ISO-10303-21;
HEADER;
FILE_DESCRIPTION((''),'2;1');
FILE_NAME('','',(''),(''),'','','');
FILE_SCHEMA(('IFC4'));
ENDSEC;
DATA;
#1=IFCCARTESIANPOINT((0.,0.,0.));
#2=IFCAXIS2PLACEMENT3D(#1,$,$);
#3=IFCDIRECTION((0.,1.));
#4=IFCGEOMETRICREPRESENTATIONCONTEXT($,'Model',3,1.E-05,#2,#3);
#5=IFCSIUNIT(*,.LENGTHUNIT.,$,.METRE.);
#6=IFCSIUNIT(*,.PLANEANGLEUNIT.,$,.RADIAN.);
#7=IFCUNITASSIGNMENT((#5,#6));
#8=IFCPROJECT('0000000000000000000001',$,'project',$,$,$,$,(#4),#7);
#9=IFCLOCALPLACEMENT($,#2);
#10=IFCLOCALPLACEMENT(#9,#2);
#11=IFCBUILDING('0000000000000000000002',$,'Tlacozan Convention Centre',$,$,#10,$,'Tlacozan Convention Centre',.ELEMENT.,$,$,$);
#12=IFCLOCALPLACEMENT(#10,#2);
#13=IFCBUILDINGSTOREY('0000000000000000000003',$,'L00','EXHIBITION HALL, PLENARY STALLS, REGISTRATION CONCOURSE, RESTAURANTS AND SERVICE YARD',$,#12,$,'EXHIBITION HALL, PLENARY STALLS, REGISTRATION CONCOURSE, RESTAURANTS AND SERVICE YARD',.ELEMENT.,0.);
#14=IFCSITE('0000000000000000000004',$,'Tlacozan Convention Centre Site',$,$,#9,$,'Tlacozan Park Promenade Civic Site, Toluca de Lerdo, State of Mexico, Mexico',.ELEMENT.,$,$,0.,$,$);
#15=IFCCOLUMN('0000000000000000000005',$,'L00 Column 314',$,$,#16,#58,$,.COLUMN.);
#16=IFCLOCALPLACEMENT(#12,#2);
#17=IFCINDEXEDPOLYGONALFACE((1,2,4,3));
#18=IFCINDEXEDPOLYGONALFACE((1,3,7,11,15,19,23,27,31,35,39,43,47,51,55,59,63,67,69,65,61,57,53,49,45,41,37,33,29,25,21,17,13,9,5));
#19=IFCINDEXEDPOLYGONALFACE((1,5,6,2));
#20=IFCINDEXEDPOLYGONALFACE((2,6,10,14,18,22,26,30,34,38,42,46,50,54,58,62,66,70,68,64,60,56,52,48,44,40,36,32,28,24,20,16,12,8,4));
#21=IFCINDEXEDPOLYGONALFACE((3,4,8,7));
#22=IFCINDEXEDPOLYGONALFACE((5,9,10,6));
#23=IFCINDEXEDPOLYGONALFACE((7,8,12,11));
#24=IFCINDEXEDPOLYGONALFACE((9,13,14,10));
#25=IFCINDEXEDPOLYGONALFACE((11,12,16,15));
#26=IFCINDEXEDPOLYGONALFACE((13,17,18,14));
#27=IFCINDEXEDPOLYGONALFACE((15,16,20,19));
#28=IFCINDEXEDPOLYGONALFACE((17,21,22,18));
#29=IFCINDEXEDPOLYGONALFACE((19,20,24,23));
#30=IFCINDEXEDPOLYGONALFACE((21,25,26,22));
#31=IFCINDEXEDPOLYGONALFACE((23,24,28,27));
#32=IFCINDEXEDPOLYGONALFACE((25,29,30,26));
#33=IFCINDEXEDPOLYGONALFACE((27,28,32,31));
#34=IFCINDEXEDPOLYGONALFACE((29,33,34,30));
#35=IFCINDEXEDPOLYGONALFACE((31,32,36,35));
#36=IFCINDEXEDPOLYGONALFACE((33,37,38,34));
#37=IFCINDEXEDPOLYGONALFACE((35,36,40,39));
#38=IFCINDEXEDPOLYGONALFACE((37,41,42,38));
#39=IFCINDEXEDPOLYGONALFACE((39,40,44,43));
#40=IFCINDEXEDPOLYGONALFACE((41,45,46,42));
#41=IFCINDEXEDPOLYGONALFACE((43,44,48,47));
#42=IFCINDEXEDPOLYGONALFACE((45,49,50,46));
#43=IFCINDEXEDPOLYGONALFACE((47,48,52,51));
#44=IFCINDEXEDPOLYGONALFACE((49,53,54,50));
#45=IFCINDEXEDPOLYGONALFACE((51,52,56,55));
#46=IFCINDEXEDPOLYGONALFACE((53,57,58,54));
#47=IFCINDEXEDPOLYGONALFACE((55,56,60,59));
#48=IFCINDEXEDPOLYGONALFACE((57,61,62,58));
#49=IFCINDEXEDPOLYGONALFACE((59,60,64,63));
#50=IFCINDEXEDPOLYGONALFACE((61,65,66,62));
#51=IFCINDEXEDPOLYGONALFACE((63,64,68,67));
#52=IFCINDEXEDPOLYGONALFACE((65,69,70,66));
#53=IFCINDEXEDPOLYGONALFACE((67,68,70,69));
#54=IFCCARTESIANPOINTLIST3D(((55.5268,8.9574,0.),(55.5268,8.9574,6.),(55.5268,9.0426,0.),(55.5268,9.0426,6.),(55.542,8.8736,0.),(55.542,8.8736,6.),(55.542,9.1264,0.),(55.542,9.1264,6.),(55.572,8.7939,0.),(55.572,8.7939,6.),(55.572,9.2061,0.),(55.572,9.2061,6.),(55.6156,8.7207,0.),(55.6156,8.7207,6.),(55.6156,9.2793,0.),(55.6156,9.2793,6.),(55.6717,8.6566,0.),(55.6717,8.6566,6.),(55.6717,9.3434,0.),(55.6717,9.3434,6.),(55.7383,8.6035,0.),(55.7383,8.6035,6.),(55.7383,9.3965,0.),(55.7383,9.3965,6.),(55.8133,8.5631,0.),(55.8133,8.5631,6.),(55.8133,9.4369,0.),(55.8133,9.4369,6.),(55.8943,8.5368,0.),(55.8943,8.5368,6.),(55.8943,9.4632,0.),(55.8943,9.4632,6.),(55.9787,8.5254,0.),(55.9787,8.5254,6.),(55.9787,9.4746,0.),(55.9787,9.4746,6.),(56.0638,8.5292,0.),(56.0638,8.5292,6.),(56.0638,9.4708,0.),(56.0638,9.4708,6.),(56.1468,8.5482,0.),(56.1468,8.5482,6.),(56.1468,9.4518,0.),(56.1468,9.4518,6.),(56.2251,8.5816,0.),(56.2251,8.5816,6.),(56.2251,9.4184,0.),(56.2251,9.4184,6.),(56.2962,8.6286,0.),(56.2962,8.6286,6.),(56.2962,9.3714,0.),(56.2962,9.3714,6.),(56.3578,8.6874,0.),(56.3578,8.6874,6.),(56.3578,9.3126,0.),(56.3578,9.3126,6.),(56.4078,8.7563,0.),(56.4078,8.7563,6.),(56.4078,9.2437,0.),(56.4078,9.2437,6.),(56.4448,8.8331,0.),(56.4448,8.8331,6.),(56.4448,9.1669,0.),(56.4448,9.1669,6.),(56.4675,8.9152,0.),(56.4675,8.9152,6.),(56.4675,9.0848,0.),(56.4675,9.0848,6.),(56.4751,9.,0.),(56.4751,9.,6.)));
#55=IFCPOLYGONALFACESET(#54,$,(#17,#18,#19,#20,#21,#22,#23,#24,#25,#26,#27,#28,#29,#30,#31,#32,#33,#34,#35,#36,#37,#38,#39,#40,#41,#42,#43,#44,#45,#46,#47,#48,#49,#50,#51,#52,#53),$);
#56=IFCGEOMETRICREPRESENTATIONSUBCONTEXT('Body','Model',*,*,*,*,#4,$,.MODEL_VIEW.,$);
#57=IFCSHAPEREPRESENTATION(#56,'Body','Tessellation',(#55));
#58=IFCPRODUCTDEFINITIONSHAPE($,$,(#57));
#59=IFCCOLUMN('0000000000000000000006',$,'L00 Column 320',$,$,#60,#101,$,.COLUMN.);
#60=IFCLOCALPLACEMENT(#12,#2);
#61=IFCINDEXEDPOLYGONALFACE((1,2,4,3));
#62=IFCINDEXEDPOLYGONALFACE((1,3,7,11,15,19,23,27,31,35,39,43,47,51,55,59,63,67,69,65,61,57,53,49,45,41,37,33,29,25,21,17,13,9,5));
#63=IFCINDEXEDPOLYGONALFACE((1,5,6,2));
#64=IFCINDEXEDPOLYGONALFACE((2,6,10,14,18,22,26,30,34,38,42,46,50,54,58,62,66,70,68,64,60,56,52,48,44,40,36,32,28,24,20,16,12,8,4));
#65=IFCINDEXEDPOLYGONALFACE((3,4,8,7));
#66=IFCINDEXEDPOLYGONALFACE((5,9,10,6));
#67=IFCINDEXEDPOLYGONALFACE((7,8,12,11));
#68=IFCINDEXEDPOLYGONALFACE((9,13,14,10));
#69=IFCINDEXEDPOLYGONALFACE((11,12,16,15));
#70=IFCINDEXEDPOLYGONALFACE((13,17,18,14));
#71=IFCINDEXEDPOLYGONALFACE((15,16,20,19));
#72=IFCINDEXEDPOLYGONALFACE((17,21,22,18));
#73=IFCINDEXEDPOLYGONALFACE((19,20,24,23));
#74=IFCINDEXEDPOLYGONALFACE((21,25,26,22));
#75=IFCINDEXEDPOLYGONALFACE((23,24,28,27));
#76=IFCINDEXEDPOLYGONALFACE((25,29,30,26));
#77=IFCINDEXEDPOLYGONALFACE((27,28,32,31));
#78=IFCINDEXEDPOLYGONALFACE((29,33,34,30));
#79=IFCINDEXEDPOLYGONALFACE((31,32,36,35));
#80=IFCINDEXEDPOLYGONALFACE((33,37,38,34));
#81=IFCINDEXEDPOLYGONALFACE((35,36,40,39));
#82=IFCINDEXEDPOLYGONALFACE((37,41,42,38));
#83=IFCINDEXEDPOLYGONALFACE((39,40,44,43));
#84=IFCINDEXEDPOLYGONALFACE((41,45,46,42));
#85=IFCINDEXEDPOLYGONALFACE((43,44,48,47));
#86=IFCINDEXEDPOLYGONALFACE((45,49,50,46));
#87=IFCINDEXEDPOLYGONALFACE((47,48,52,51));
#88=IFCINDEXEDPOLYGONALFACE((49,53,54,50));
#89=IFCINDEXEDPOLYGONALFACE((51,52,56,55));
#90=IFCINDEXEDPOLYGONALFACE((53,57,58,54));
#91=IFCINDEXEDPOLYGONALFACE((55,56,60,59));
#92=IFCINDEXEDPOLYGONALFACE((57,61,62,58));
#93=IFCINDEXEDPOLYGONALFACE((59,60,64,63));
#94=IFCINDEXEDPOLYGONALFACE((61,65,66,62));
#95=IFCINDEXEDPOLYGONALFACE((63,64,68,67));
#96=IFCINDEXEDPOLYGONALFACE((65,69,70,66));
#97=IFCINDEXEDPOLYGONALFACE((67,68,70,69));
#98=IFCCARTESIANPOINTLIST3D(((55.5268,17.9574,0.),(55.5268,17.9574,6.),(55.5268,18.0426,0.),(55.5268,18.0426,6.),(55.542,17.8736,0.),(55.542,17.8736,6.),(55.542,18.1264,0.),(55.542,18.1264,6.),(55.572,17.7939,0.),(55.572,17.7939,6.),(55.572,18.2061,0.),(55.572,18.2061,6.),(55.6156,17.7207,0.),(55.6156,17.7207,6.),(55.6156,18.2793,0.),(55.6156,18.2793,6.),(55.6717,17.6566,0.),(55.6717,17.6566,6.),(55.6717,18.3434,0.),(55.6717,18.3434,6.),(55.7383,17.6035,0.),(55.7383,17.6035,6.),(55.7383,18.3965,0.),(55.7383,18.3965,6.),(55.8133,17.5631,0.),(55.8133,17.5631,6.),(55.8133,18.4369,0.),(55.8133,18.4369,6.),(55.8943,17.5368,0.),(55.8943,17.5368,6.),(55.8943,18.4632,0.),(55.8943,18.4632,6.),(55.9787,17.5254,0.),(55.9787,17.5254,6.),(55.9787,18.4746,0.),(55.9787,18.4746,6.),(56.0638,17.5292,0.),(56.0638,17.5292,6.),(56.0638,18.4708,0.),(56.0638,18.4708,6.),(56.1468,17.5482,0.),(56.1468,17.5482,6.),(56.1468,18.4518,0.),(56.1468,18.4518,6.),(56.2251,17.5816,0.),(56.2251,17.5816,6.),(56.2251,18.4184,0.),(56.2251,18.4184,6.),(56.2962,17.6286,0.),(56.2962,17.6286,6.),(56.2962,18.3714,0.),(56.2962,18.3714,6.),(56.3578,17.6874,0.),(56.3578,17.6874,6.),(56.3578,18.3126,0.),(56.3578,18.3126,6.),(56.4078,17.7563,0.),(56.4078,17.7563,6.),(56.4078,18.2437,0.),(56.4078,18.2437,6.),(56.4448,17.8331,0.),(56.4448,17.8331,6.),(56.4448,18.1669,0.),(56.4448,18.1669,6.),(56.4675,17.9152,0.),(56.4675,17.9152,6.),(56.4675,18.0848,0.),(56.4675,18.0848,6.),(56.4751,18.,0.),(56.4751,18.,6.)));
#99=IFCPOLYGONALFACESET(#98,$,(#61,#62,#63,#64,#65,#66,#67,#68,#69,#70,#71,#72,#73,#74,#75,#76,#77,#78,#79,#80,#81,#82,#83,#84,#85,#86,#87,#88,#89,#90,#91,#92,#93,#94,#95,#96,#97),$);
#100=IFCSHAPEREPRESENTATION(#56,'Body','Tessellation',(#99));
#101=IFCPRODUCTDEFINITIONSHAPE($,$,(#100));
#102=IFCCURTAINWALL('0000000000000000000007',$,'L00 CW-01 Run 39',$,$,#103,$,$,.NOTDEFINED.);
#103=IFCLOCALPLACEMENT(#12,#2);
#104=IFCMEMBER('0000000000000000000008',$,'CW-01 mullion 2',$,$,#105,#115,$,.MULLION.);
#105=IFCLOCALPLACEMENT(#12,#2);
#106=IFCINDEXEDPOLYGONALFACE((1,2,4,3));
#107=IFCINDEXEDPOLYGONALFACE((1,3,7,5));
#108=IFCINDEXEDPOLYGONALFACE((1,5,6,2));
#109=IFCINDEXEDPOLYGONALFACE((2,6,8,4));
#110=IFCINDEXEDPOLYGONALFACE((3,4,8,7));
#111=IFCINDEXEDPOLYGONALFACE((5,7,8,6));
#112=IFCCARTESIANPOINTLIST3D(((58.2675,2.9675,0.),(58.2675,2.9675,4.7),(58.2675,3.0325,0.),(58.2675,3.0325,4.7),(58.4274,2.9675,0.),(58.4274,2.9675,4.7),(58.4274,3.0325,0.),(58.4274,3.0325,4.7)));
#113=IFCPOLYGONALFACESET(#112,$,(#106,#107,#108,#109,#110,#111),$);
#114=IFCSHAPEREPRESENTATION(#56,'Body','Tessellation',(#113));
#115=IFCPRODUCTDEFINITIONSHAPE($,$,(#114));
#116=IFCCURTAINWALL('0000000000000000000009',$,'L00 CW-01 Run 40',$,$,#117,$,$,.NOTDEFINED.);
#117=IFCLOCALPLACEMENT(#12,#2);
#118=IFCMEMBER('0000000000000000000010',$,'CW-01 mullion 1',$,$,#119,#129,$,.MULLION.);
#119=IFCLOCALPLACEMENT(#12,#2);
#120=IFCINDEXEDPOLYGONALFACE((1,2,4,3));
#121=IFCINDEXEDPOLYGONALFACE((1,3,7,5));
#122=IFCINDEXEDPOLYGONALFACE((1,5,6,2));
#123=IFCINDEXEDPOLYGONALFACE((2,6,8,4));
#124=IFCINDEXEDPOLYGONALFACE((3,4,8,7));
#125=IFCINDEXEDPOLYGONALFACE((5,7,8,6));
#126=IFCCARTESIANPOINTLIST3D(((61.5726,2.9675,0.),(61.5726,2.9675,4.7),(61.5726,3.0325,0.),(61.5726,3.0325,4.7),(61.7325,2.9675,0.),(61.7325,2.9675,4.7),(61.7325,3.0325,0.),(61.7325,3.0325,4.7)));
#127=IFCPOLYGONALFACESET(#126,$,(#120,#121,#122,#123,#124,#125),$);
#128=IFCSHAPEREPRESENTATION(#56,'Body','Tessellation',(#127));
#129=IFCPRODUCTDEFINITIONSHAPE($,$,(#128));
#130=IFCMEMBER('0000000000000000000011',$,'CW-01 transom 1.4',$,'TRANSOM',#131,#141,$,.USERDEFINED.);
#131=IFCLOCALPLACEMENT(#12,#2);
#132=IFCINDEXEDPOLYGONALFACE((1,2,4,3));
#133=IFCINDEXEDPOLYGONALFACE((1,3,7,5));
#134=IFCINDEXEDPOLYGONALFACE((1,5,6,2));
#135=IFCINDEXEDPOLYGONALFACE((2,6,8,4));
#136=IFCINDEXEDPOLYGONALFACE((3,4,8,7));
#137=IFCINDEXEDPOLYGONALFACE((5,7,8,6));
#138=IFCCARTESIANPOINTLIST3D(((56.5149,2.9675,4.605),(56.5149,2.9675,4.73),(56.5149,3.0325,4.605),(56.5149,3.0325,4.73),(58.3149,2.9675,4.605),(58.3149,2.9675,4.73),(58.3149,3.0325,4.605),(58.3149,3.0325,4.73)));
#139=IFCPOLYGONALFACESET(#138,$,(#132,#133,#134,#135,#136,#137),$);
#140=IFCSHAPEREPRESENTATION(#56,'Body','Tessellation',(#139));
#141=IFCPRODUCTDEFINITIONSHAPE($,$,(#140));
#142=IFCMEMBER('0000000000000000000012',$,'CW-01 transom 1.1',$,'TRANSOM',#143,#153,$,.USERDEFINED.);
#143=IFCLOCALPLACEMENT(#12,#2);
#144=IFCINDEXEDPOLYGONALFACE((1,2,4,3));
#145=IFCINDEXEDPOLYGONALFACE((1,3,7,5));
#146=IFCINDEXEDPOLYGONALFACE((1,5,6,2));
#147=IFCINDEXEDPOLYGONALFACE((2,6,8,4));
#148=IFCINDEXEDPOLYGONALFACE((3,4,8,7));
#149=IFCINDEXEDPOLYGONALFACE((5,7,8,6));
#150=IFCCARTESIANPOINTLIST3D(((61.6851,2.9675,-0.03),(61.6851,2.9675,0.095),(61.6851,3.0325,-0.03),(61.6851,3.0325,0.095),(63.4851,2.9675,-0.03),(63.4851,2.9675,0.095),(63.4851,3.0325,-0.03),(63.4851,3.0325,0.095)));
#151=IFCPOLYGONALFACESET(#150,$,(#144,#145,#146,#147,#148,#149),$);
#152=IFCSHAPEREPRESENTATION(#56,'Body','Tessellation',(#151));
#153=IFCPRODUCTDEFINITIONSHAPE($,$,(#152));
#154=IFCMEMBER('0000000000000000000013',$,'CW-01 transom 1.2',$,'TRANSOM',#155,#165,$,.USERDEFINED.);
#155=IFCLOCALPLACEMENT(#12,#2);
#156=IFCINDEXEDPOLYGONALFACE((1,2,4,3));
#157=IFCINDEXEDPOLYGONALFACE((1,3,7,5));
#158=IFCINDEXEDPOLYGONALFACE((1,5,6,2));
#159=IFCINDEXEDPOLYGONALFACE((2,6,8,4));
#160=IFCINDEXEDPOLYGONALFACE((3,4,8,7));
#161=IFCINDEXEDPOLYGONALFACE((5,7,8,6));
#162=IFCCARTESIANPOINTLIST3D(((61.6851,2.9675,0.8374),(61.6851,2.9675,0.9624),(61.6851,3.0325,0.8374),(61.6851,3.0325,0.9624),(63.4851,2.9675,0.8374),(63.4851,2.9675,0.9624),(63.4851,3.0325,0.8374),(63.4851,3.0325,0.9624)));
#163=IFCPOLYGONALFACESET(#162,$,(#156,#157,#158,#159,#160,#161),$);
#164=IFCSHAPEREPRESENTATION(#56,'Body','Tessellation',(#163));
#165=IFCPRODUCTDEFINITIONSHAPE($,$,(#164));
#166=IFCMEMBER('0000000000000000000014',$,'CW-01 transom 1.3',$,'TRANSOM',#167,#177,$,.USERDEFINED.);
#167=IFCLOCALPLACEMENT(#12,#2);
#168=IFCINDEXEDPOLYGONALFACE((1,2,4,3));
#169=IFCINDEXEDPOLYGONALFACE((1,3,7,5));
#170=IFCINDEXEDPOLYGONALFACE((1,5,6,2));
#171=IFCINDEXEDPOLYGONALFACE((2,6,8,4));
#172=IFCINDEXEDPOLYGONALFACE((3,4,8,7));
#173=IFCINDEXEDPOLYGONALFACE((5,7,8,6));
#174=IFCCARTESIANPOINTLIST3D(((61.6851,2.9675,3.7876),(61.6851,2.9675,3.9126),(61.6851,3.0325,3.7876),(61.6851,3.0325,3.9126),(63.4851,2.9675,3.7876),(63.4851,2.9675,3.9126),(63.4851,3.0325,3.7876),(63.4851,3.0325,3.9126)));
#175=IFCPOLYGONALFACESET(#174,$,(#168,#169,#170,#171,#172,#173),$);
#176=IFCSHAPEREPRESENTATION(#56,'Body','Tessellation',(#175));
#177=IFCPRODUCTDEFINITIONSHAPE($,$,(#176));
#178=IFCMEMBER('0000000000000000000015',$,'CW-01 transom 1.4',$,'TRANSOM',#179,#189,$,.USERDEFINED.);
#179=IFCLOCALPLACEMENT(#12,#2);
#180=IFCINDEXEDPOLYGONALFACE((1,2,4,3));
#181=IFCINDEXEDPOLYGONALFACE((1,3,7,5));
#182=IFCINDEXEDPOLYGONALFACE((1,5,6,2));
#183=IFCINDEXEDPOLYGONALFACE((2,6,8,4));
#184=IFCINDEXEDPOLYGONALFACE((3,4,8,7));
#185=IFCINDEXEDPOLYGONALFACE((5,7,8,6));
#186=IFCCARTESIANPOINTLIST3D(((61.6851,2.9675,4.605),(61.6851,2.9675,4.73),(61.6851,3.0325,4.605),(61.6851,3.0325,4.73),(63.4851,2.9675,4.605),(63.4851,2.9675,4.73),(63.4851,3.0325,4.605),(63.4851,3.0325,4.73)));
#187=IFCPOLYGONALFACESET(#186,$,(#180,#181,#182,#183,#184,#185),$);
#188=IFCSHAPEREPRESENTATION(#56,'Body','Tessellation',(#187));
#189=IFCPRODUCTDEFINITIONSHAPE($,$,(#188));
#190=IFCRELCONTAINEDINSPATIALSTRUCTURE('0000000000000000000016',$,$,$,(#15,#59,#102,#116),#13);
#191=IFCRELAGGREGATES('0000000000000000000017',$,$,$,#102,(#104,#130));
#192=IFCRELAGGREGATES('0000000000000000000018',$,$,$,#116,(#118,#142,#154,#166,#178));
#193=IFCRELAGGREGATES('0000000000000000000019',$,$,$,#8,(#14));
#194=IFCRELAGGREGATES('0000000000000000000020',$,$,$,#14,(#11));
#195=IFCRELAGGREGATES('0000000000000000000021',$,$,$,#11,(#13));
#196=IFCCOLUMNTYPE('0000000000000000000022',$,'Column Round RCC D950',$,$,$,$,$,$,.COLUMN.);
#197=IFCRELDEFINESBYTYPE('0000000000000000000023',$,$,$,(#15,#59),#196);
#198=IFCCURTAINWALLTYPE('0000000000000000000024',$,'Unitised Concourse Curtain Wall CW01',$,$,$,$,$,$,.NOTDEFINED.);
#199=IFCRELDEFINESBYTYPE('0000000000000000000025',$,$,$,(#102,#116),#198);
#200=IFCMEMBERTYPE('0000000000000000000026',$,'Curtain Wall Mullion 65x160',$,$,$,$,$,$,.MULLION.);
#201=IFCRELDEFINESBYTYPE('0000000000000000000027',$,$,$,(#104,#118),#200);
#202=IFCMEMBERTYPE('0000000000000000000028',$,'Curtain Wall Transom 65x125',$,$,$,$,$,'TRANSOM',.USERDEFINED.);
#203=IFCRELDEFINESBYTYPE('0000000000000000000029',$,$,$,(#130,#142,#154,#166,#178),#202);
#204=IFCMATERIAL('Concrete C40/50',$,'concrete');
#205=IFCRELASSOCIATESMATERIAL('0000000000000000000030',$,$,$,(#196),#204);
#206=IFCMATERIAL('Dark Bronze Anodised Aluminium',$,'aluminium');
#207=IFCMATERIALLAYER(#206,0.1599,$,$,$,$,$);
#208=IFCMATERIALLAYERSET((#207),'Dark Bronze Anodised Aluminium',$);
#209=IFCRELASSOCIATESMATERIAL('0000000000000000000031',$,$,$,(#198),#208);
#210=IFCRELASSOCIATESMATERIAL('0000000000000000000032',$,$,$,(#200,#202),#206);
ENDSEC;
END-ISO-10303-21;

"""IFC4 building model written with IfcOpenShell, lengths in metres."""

from ifc_helpers import new_model, si_unit, direction, frame, origin, origin_2d, place, context, subcontext, project, spatial, rectangle, circle, extrude, material, layer, layer_set, material_profile, profile_set, type_object, element, aggregate, save


model = new_model("IFC4")

# Units and contexts
model_context = context("Model", 3, precision=1e-05, world=origin(), true_north=direction((0.0, 1.0)))
body_context = subcontext(model_context, "Body", "Model", "MODEL_VIEW")
ifc_project = project(units=[si_unit("LENGTHUNIT", "METRE"), si_unit("PLANEANGLEUNIT", "RADIAN")], contexts=[model_context])

# Site, building, storey
site_placement = place(None, origin())
site = spatial("IfcSite", under=ifc_project, at=site_placement, Name="Tlacozan Convention Centre Site", LongName="Tlacozan Park Promenade Civic Site, Toluca de Lerdo, State of Mexico, Mexico", CompositionType="ELEMENT", RefElevation=0.0)
building_placement = place(site_placement, origin())
building = spatial("IfcBuilding", under=site, at=building_placement, Name="Tlacozan Convention Centre", LongName="Tlacozan Convention Centre", CompositionType="ELEMENT")
storey_placement = place(building_placement, origin())
storey = spatial("IfcBuildingStorey", under=building, at=storey_placement, Name="L00", Description="EXHIBITION HALL, PLENARY STALLS, REGISTRATION CONCOURSE, RESTAURANTS AND SERVICE YARD", LongName="EXHIBITION HALL, PLENARY STALLS, REGISTRATION CONCOURSE, RESTAURANTS AND SERVICE YARD", CompositionType="ELEMENT", Elevation=0.0)

# Columns
ifc_material_1 = material(Name="Concrete C40/50", Category="concrete")
ifc_material_profile_1 = material_profile(ifc_material_1, circle(Radius=0.4751, at=origin_2d()), Name="RCC D950")
ifc_profile_set_1 = profile_set([ifc_material_profile_1], Name="Concrete C40/50")
column_type = type_object("IfcColumnType", Name="Column Round RCC D950", PredefinedType="COLUMN", material=ifc_profile_set_1)
for number, where, z_axis, x_axis, name in (
    (1, (56.0, 9.0, 0.0), (0.0, 0.0, 1.0), (1.0, 0.0, 0.0), "L00 Column 314"),
    (2, (56.0, 18.0, 0.0), (0.0, 0.0, 1.0), (1.0, 0.0, 0.0), "L00 Column 320"),
):
    element("IfcColumn", number, at=place(storey_placement, frame(where, z_axis=z_axis, x_axis=x_axis)), inside=storey, type_object=column_type, Name=name, PredefinedType="COLUMN", context=body_context, shape_type="SweptSolid", body=[
        extrude(circle(Radius=0.4751, at=origin_2d()), origin(), (0.0, 0.0, 1.0), 6.0),
    ])

# Curtain walls, members
ifc_material_2 = material(Name="Dark Bronze Anodised Aluminium", Category="aluminium")
ifc_layer_1 = layer(ifc_material_2, 0.1599)
ifc_layer_set_1 = layer_set([ifc_layer_1], Name="Dark Bronze Anodised Aluminium")
curtain_wall_type = type_object("IfcCurtainWallType", Name="Unitised Concourse Curtain Wall CW01", PredefinedType="NOTDEFINED", material=ifc_layer_set_1)
curtain_wall_1_placement = place(storey_placement, origin())
curtain_wall_1 = element("IfcCurtainWall", 3, at=curtain_wall_1_placement, inside=storey, type_object=curtain_wall_type, Name="L00 CW-01 Run 39", PredefinedType="NOTDEFINED")
ifc_material_profile_2 = material_profile(ifc_material_2, rectangle(XDim=0.0649, YDim=0.1599, at=origin_2d()), Name="ALU 65x160")
ifc_profile_set_2 = profile_set([ifc_material_profile_2], Name="Dark Bronze Anodised Aluminium")
member_type_1 = type_object("IfcMemberType", Name="Curtain Wall Mullion 65x160", PredefinedType="MULLION", material=ifc_profile_set_2)
member_1_placement = place(storey_placement, frame((58.3474, 3.0, 0.0), z_axis=(0.0, 0.0, 1.0), x_axis=(0.0, 1.0, 0.0)))
member_1 = element("IfcMember", 4, at=member_1_placement, type_object=member_type_1, Name="CW-01 mullion 2", PredefinedType="MULLION", context=body_context, shape_type="SweptSolid", body=[
    extrude(rectangle(XDim=0.0649, YDim=0.1599, at=origin_2d()), origin(), (0.0, 0.0, 1.0), 4.7),
])
curtain_wall_2_placement = place(storey_placement, origin())
curtain_wall_2 = element("IfcCurtainWall", 5, at=curtain_wall_2_placement, inside=storey, type_object=curtain_wall_type, Name="L00 CW-01 Run 40", PredefinedType="NOTDEFINED")
member_2_placement = place(storey_placement, frame((61.6526, 3.0, 0.0), z_axis=(0.0, 0.0, 1.0), x_axis=(0.0, 1.0, 0.0)))
member_2 = element("IfcMember", 6, at=member_2_placement, type_object=member_type_1, Name="CW-01 mullion 1", PredefinedType="MULLION", context=body_context, shape_type="SweptSolid", body=[
    extrude(rectangle(XDim=0.0649, YDim=0.1599, at=origin_2d()), origin(), (0.0, 0.0, 1.0), 4.7),
])

# Members
ifc_material_profile_3 = material_profile(ifc_material_2, rectangle(XDim=0.0649, YDim=0.125, at=origin_2d()), Name="ALU 65x125")
ifc_profile_set_3 = profile_set([ifc_material_profile_3], Name="Dark Bronze Anodised Aluminium")
member_type_2 = type_object("IfcMemberType", Name="Curtain Wall Transom 65x125", ElementType="TRANSOM", PredefinedType="USERDEFINED", material=ifc_profile_set_3)
member_3_placement = place(storey_placement, frame((56.5149, 3.0, 4.6675), z_axis=(1.0, 0.0, 0.0), x_axis=(0.0, 1.0, 0.0)))
member_3 = element("IfcMember", 7, at=member_3_placement, type_object=member_type_2, Name="CW-01 transom 1.4", ObjectType="TRANSOM", PredefinedType="USERDEFINED", context=body_context, shape_type="SweptSolid", body=[
    extrude(rectangle(XDim=0.0649, YDim=0.125, at=origin_2d()), origin(), (0.0, 0.0, 1.0), 1.8),
])
member_4_placement = place(storey_placement, frame((61.6851, 3.0, 0.0325), z_axis=(1.0, 0.0, 0.0), x_axis=(0.0, 1.0, 0.0)))
member_4 = element("IfcMember", 8, at=member_4_placement, type_object=member_type_2, Name="CW-01 transom 1.1", ObjectType="TRANSOM", PredefinedType="USERDEFINED", context=body_context, shape_type="SweptSolid", body=[
    extrude(rectangle(XDim=0.0649, YDim=0.125, at=origin_2d()), origin(), (0.0, 0.0, 1.0), 1.8),
])
member_5_placement = place(storey_placement, frame((61.6851, 3.0, 0.8999), z_axis=(1.0, 0.0, 0.0), x_axis=(0.0, 1.0, 0.0)))
member_5 = element("IfcMember", 9, at=member_5_placement, type_object=member_type_2, Name="CW-01 transom 1.2", ObjectType="TRANSOM", PredefinedType="USERDEFINED", context=body_context, shape_type="SweptSolid", body=[
    extrude(rectangle(XDim=0.0649, YDim=0.125, at=origin_2d()), origin(), (0.0, 0.0, 1.0), 1.8),
])
member_6_placement = place(storey_placement, frame((61.6851, 3.0, 3.8501), z_axis=(1.0, 0.0, 0.0), x_axis=(0.0, 1.0, 0.0)))
member_6 = element("IfcMember", 10, at=member_6_placement, type_object=member_type_2, Name="CW-01 transom 1.3", ObjectType="TRANSOM", PredefinedType="USERDEFINED", context=body_context, shape_type="SweptSolid", body=[
    extrude(rectangle(XDim=0.0649, YDim=0.125, at=origin_2d()), origin(), (0.0, 0.0, 1.0), 1.8),
])
member_7_placement = place(storey_placement, frame((61.6851, 3.0, 4.6675), z_axis=(1.0, 0.0, 0.0), x_axis=(0.0, 1.0, 0.0)))
member_7 = element("IfcMember", 11, at=member_7_placement, type_object=member_type_2, Name="CW-01 transom 1.4", ObjectType="TRANSOM", PredefinedType="USERDEFINED", context=body_context, shape_type="SweptSolid", body=[
    extrude(rectangle(XDim=0.0649, YDim=0.125, at=origin_2d()), origin(), (0.0, 0.0, 1.0), 1.8),
])

aggregate(curtain_wall_1, [member_1, member_3])
aggregate(curtain_wall_2, [member_2, member_4, member_5, member_6, member_7])

save(model, "model.ifc")
